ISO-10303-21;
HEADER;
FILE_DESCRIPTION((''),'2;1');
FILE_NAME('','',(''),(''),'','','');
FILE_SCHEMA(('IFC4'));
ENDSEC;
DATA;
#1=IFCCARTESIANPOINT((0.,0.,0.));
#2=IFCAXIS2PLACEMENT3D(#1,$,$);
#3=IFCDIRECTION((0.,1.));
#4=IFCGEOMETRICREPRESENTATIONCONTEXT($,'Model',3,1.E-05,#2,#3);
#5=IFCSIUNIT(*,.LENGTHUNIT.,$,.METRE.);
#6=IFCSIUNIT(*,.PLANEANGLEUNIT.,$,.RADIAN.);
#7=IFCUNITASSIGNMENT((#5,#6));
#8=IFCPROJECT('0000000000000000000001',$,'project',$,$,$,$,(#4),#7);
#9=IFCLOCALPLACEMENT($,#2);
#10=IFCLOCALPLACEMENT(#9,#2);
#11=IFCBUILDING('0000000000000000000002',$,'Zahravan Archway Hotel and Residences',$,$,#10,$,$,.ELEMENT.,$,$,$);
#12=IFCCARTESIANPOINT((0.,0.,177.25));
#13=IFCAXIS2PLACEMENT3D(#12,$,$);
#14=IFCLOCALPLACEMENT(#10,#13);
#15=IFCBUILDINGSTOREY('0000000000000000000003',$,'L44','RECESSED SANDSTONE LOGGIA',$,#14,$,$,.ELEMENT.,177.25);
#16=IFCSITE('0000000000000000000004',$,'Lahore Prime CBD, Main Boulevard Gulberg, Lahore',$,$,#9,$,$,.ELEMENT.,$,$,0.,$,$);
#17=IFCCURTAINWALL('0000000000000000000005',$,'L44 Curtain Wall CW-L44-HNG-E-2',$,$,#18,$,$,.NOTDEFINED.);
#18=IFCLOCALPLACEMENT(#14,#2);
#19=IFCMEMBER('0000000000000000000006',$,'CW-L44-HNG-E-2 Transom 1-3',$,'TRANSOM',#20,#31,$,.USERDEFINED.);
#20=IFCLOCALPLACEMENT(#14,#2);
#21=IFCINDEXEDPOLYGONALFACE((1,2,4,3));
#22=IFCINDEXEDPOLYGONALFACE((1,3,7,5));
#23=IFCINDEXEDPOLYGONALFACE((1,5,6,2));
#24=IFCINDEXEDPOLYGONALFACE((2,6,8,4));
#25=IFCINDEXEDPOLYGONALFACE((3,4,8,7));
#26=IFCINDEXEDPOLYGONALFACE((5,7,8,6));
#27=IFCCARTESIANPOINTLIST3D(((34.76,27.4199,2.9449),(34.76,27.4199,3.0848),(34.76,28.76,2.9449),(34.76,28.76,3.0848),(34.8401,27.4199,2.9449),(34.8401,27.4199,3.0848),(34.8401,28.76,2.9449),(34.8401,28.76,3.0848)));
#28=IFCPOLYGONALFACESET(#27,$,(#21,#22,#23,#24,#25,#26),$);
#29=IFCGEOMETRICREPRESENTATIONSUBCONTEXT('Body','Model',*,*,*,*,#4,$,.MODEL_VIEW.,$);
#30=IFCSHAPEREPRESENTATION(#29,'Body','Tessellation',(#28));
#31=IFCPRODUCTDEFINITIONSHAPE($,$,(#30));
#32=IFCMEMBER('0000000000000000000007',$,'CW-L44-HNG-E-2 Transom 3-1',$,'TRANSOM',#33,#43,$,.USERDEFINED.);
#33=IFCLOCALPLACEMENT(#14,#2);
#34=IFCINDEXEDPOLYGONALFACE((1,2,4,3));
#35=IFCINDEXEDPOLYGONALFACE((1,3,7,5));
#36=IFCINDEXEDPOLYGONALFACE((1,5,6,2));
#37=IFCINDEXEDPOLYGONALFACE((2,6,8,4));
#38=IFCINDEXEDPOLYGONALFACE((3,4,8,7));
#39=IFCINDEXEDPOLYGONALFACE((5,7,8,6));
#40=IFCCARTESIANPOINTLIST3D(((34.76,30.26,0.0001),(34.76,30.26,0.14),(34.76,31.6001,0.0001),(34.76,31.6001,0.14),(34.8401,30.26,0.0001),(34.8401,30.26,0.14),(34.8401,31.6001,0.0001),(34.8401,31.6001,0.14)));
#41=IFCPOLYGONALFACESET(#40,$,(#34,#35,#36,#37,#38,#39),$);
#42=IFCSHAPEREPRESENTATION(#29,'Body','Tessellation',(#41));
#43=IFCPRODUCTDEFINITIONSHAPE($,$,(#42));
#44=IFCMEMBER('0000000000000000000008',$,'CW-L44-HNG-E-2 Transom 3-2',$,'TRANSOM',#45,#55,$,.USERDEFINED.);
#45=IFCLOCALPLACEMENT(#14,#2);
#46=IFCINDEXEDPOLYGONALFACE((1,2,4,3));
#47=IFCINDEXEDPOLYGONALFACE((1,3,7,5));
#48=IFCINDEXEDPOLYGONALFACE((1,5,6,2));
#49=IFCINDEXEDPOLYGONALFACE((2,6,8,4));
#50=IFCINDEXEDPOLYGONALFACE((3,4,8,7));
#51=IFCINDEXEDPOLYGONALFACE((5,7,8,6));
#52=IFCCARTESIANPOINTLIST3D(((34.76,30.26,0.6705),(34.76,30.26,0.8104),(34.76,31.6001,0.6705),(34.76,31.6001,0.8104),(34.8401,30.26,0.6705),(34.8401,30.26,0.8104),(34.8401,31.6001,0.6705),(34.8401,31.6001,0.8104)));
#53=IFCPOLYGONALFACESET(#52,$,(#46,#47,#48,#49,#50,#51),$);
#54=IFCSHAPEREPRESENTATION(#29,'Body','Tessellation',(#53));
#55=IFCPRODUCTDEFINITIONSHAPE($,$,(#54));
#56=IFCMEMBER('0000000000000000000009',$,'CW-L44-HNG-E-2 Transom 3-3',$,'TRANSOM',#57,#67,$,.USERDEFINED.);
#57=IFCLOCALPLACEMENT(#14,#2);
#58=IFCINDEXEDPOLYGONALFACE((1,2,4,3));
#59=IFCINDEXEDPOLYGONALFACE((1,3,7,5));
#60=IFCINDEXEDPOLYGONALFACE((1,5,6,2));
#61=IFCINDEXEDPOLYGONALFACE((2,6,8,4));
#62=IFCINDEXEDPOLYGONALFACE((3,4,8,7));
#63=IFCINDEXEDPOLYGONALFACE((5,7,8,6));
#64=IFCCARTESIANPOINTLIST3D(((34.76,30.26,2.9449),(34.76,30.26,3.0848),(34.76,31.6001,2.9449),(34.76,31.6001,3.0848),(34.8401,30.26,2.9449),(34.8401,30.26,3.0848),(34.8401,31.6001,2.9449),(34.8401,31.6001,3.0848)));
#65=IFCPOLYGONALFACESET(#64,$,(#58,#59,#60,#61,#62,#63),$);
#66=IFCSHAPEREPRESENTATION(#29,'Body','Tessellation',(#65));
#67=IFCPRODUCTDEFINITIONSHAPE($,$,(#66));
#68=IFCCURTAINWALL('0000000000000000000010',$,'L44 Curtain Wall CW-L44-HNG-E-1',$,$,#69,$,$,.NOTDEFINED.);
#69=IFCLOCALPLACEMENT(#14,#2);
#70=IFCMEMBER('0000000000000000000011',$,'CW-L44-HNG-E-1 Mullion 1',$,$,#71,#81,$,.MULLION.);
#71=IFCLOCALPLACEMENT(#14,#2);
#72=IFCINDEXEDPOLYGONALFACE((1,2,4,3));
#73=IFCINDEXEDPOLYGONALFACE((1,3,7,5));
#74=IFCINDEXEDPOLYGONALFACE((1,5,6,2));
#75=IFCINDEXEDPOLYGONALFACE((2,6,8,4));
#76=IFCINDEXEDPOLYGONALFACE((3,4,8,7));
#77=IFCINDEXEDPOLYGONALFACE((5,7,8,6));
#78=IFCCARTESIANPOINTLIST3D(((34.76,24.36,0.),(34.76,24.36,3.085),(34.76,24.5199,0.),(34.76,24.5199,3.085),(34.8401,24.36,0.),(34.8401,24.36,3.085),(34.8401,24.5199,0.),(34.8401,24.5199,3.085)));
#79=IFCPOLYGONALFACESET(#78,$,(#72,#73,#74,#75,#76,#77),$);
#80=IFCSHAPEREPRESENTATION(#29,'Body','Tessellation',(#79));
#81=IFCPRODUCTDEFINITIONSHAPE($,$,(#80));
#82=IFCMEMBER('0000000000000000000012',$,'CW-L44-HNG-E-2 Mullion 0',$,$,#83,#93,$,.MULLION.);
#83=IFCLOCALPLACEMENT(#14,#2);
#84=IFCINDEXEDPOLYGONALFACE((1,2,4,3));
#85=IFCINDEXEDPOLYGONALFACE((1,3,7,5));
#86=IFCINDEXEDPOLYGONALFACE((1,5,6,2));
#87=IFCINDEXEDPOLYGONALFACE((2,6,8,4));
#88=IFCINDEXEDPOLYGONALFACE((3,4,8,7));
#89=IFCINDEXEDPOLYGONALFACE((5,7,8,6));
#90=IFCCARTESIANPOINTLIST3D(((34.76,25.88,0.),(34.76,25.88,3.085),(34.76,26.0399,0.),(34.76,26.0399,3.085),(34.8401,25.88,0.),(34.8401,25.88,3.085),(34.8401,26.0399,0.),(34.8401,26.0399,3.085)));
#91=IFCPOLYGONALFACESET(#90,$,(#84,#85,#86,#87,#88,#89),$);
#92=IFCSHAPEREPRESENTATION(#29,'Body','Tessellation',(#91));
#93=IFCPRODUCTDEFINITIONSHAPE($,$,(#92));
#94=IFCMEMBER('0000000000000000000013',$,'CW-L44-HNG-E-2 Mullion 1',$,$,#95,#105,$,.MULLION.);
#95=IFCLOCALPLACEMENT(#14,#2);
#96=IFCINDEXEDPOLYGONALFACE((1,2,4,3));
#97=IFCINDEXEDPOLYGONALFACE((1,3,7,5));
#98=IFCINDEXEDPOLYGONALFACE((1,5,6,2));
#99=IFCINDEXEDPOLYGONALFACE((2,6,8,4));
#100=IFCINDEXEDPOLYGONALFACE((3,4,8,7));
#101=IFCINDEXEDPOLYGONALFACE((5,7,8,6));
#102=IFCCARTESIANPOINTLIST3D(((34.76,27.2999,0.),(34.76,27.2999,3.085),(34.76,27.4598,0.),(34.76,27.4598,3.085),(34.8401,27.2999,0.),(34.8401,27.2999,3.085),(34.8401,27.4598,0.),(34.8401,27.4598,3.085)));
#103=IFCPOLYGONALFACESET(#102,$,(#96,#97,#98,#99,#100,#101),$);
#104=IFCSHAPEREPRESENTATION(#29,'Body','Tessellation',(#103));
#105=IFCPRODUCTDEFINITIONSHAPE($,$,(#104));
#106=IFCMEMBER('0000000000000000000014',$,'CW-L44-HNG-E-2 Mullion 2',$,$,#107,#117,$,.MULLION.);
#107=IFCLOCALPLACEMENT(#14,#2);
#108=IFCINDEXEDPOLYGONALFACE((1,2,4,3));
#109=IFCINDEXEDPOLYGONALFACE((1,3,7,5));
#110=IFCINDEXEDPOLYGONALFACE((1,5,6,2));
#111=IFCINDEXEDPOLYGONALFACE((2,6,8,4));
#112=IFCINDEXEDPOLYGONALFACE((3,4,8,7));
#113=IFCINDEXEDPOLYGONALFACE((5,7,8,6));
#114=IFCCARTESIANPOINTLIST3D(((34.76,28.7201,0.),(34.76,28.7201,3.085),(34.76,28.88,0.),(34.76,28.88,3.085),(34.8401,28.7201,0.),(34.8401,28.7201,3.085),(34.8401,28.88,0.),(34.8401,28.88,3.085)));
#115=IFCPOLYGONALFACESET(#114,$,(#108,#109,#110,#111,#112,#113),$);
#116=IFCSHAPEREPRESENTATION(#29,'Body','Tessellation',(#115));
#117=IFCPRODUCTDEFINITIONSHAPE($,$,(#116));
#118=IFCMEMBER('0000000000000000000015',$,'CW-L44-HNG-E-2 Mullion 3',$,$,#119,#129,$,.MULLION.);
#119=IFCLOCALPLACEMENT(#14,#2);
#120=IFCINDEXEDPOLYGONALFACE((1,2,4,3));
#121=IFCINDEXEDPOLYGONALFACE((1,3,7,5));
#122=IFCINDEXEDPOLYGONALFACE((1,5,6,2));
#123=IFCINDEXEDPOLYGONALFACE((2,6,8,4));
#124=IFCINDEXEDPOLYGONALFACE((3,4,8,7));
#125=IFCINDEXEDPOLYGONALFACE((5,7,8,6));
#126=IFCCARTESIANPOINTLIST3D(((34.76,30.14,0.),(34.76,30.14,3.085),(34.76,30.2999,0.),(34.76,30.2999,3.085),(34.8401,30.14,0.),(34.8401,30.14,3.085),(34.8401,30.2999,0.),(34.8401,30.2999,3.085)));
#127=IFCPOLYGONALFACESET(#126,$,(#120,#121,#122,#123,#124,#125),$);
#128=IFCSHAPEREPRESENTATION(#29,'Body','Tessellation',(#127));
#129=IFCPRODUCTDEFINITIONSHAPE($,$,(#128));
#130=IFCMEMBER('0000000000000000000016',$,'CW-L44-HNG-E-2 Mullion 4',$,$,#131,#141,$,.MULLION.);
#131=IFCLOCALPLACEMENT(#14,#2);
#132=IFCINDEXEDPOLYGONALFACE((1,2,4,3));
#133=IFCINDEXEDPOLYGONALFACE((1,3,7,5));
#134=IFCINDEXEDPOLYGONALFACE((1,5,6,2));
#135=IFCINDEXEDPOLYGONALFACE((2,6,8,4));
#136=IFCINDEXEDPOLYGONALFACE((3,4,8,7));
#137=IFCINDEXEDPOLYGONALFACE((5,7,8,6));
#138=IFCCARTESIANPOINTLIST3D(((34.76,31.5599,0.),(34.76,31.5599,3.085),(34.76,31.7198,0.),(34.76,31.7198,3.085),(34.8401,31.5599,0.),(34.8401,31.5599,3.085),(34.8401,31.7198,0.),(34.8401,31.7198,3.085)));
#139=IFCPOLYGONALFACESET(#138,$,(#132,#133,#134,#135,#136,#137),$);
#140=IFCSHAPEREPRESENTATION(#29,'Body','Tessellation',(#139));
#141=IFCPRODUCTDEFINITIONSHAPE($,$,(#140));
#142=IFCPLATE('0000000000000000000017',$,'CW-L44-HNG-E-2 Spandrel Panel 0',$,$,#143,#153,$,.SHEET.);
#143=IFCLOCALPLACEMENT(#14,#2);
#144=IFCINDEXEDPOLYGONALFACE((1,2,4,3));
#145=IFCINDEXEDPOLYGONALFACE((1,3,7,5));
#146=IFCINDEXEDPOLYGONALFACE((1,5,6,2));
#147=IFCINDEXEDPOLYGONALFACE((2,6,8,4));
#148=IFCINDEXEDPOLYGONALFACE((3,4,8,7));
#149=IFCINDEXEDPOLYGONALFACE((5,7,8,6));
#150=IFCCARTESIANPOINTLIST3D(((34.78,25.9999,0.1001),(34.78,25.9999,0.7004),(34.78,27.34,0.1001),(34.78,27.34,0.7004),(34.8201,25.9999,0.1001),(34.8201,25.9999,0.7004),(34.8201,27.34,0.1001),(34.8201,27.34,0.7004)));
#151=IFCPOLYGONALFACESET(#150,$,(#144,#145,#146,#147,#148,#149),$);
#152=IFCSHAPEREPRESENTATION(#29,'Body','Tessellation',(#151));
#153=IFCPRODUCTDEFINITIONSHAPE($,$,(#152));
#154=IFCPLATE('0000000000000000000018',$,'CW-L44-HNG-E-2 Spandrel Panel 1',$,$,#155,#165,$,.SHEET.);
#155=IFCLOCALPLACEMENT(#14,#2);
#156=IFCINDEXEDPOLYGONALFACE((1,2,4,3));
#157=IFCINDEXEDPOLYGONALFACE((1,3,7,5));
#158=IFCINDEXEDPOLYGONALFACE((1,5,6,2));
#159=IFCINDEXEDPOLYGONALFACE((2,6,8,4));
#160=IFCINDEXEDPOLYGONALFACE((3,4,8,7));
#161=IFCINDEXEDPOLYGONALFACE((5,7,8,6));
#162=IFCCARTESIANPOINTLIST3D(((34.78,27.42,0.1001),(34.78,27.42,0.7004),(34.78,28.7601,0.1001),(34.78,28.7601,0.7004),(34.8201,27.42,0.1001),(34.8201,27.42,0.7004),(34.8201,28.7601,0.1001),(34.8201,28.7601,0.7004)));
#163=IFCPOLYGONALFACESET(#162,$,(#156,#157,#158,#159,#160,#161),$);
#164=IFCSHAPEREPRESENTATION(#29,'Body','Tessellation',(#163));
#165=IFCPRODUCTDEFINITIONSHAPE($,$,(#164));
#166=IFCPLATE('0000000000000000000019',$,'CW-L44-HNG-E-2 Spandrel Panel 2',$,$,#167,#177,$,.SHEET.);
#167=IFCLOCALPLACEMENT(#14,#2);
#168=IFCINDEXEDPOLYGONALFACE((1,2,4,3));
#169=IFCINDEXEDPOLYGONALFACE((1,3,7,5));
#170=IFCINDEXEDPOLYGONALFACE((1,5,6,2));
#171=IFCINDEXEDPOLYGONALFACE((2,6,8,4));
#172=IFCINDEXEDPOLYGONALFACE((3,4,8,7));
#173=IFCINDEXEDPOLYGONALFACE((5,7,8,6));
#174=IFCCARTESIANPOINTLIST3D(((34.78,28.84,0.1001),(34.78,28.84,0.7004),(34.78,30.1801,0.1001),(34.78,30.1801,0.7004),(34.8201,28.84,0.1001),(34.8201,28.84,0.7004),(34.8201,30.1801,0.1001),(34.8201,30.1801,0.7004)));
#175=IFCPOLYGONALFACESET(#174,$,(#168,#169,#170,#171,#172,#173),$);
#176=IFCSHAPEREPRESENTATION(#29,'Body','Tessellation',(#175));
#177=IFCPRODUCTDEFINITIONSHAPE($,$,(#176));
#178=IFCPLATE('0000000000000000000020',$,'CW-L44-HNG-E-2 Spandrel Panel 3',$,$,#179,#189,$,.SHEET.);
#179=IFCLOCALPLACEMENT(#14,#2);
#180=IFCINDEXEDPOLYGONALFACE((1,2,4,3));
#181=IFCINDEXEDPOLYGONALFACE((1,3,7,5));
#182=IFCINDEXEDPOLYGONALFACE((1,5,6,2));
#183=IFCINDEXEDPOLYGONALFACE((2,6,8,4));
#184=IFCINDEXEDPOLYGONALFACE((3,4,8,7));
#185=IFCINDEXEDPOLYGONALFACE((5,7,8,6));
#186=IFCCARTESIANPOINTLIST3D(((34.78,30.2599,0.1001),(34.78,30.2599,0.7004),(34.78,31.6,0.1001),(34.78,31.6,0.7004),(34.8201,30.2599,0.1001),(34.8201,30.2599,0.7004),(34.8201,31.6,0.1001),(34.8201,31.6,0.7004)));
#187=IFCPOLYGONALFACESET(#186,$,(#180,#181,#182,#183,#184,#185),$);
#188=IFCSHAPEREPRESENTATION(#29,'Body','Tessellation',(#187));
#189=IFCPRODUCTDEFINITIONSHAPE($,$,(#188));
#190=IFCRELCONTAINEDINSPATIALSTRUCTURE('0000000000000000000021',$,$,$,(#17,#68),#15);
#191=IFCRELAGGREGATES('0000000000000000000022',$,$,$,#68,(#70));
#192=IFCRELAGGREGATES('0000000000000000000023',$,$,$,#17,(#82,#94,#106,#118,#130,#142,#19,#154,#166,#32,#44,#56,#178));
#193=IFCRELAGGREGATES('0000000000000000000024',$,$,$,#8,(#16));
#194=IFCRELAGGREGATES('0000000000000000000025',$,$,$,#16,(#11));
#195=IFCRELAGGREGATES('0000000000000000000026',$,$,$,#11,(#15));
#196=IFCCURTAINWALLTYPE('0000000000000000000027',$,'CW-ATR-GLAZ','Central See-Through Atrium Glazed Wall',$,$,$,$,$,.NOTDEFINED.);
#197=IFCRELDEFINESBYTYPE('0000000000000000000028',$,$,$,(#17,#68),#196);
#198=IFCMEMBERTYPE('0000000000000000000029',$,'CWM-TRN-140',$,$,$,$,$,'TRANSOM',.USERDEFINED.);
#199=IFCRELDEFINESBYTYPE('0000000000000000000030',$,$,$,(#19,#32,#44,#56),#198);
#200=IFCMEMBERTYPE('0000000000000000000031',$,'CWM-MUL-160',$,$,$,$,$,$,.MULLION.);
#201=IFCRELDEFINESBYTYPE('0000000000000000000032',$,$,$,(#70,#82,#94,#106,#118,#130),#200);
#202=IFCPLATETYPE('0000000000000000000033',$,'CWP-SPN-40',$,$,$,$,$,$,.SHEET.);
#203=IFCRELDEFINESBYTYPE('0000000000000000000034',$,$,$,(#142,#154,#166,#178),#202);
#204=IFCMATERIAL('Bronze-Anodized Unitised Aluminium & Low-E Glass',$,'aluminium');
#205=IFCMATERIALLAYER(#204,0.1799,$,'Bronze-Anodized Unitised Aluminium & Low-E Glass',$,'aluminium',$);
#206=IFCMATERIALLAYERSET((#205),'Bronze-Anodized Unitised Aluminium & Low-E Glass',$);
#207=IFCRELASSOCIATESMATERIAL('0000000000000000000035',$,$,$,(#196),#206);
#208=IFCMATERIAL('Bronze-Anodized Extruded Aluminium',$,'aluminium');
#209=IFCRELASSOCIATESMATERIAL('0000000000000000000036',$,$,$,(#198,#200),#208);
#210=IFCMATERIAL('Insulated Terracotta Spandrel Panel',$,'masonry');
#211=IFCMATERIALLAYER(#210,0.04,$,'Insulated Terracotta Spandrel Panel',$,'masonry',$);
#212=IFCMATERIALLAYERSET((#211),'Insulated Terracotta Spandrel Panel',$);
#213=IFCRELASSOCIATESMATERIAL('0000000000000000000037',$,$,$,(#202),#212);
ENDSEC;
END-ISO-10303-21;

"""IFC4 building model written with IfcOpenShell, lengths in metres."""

from ifc_helpers import new_model, si_unit, direction, frame, origin, origin_2d, place, context, subcontext, project, spatial, rectangle, extrude, source, transform, mapped, material, layer, layer_set, material_profile, profile_set, type_object, element, aggregate, save


model = new_model("IFC4")

# Units and contexts
model_context = context("Model", 3, precision=1e-05, world=origin(), true_north=direction((0.0, 1.0)))
body_context = subcontext(model_context, "Body", "Model", "MODEL_VIEW")
ifc_project = project(units=[si_unit("LENGTHUNIT", "METRE"), si_unit("PLANEANGLEUNIT", "RADIAN")], contexts=[model_context])

# Site, building, storey
site_placement = place(None, origin())
site = spatial("IfcSite", under=ifc_project, at=site_placement, Name="Lahore Prime CBD, Main Boulevard Gulberg, Lahore", CompositionType="ELEMENT", RefElevation=0.0)
building_placement = place(site_placement, origin())
building = spatial("IfcBuilding", under=site, at=building_placement, Name="Zahravan Archway Hotel and Residences", CompositionType="ELEMENT")
storey_placement = place(building_placement, frame((0.0, 0.0, 177.25)))
storey = spatial("IfcBuildingStorey", under=building, at=storey_placement, Name="L44", Description="RECESSED SANDSTONE LOGGIA", CompositionType="ELEMENT", Elevation=177.25)

# Curtain wall, members
ifc_material_1 = material(Name="Bronze-Anodized Unitised Aluminium & Low-E Glass", Category="aluminium")
ifc_layer_1 = layer(ifc_material_1, 0.1799, Name="Bronze-Anodized Unitised Aluminium & Low-E Glass", Category="aluminium")
ifc_layer_set_1 = layer_set([ifc_layer_1], Name="Bronze-Anodized Unitised Aluminium & Low-E Glass")
curtain_wall_type = type_object("IfcCurtainWallType", Name="CW-ATR-GLAZ", Description="Central See-Through Atrium Glazed Wall", PredefinedType="NOTDEFINED", material=ifc_layer_set_1)
curtain_wall_1_placement = place(storey_placement, origin())
curtain_wall_1 = element("IfcCurtainWall", 1, at=curtain_wall_1_placement, inside=storey, type_object=curtain_wall_type, Name="L44 Curtain Wall CW-L44-HNG-E-2", PredefinedType="NOTDEFINED")
ifc_material_2 = material(Name="Bronze-Anodized Extruded Aluminium", Category="aluminium")
ifc_material_profile_1 = material_profile(ifc_material_2, rectangle(XDim=0.0801, YDim=0.1399, at=origin_2d()), Name="TRN 80x140", Category="aluminium")
ifc_profile_set_1 = profile_set([ifc_material_profile_1], Name="Bronze-Anodized Extruded Aluminium")
member_type_1 = type_object("IfcMemberType", Name="CWM-TRN-140", ElementType="TRANSOM", PredefinedType="USERDEFINED", material=ifc_profile_set_1)
shared_shape_1 = source(origin(), body_context, "Body", "SweptSolid", [
    extrude(rectangle(XDim=0.0801, YDim=0.1399, at=origin_2d()), origin(), (0.0, 0.0, 1.0), 1.3401),
])
member_1_placement = place(storey_placement, frame((34.8, 27.4199, 3.0149), z_axis=(0.0, 1.0, 0.0), x_axis=(-1.0, 0.0, 0.0)))
member_1 = element("IfcMember", 2, at=member_1_placement, type_object=member_type_1, Name="CW-L44-HNG-E-2 Transom 1-3", ObjectType="TRANSOM", PredefinedType="USERDEFINED", context=body_context, shape_type="MappedRepresentation", body=[
    mapped(shared_shape_1, transform((0.0, 0.0, 0.0), scale=1.0)),
])
member_2_placement = place(storey_placement, frame((34.8, 30.26, 0.0701), z_axis=(0.0, 1.0, 0.0), x_axis=(-1.0, 0.0, 0.0)))
member_2 = element("IfcMember", 3, at=member_2_placement, type_object=member_type_1, Name="CW-L44-HNG-E-2 Transom 3-1", ObjectType="TRANSOM", PredefinedType="USERDEFINED", context=body_context, shape_type="MappedRepresentation", body=[
    mapped(shared_shape_1, transform((0.0, 0.0, 0.0), scale=1.0)),
])
member_3_placement = place(storey_placement, frame((34.8, 30.26, 0.7405), z_axis=(0.0, 1.0, 0.0), x_axis=(-1.0, 0.0, 0.0)))
member_3 = element("IfcMember", 4, at=member_3_placement, type_object=member_type_1, Name="CW-L44-HNG-E-2 Transom 3-2", ObjectType="TRANSOM", PredefinedType="USERDEFINED", context=body_context, shape_type="MappedRepresentation", body=[
    mapped(shared_shape_1, transform((0.0, 0.0, 0.0), scale=1.0)),
])
member_4_placement = place(storey_placement, frame((34.8, 30.26, 3.0149), z_axis=(0.0, 1.0, 0.0), x_axis=(-1.0, 0.0, 0.0)))
member_4 = element("IfcMember", 5, at=member_4_placement, type_object=member_type_1, Name="CW-L44-HNG-E-2 Transom 3-3", ObjectType="TRANSOM", PredefinedType="USERDEFINED", context=body_context, shape_type="MappedRepresentation", body=[
    mapped(shared_shape_1, transform((0.0, 0.0, 0.0), scale=1.0)),
])

# Curtain wall, member
curtain_wall_2_placement = place(storey_placement, origin())
curtain_wall_2 = element("IfcCurtainWall", 6, at=curtain_wall_2_placement, inside=storey, type_object=curtain_wall_type, Name="L44 Curtain Wall CW-L44-HNG-E-1", PredefinedType="NOTDEFINED")
ifc_material_profile_2 = material_profile(ifc_material_2, rectangle(XDim=0.0801, YDim=0.1599, at=origin_2d()), Name="MUL 80x160", Category="aluminium")
ifc_profile_set_2 = profile_set([ifc_material_profile_2], Name="Bronze-Anodized Extruded Aluminium")
member_type_2 = type_object("IfcMemberType", Name="CWM-MUL-160", PredefinedType="MULLION", material=ifc_profile_set_2)
shared_shape_2 = source(origin(), body_context, "Body", "SweptSolid", [
    extrude(rectangle(XDim=0.0801, YDim=0.1599, at=origin_2d()), origin(), (0.0, 0.0, 1.0), 3.085),
])
member_5_placement = place(storey_placement, frame((34.8, 24.4399, 0.0), z_axis=(0.0, 0.0, 1.0), x_axis=(1.0, 0.0, 0.0)))
member_5 = element("IfcMember", 7, at=member_5_placement, type_object=member_type_2, Name="CW-L44-HNG-E-1 Mullion 1", PredefinedType="MULLION", context=body_context, shape_type="MappedRepresentation", body=[
    mapped(shared_shape_2, transform((0.0, 0.0, 0.0), scale=1.0)),
])
aggregate(curtain_wall_2, [member_5])

# Members
member_6_placement = place(storey_placement, frame((34.8, 25.96, 0.0), z_axis=(0.0, 0.0, 1.0), x_axis=(1.0, 0.0, 0.0)))
member_6 = element("IfcMember", 8, at=member_6_placement, type_object=member_type_2, Name="CW-L44-HNG-E-2 Mullion 0", PredefinedType="MULLION", context=body_context, shape_type="MappedRepresentation", body=[
    mapped(shared_shape_2, transform((0.0, 0.0, 0.0), scale=1.0)),
])
member_7_placement = place(storey_placement, frame((34.8, 27.3799, 0.0), z_axis=(0.0, 0.0, 1.0), x_axis=(1.0, 0.0, 0.0)))
member_7 = element("IfcMember", 9, at=member_7_placement, type_object=member_type_2, Name="CW-L44-HNG-E-2 Mullion 1", PredefinedType="MULLION", context=body_context, shape_type="MappedRepresentation", body=[
    mapped(shared_shape_2, transform((0.0, 0.0, 0.0), scale=1.0)),
])
member_8_placement = place(storey_placement, frame((34.8, 28.8, 0.0), z_axis=(0.0, 0.0, 1.0), x_axis=(1.0, 0.0, 0.0)))
member_8 = element("IfcMember", 10, at=member_8_placement, type_object=member_type_2, Name="CW-L44-HNG-E-2 Mullion 2", PredefinedType="MULLION", context=body_context, shape_type="MappedRepresentation", body=[
    mapped(shared_shape_2, transform((0.0, 0.0, 0.0), scale=1.0)),
])
member_9_placement = place(storey_placement, frame((34.8, 30.22, 0.0), z_axis=(0.0, 0.0, 1.0), x_axis=(1.0, 0.0, 0.0)))
member_9 = element("IfcMember", 11, at=member_9_placement, type_object=member_type_2, Name="CW-L44-HNG-E-2 Mullion 3", PredefinedType="MULLION", context=body_context, shape_type="MappedRepresentation", body=[
    mapped(shared_shape_2, transform((0.0, 0.0, 0.0), scale=1.0)),
])
member_10_placement = place(storey_placement, frame((34.8, 31.6399, 0.0), z_axis=(0.0, 0.0, 1.0), x_axis=(1.0, 0.0, 0.0)))
member_10 = element("IfcMember", 12, at=member_10_placement, type_object=member_type_2, Name="CW-L44-HNG-E-2 Mullion 4", PredefinedType="MULLION", context=body_context, shape_type="MappedRepresentation", body=[
    mapped(shared_shape_2, transform((0.0, 0.0, 0.0), scale=1.0)),
])

# Plates
ifc_material_3 = material(Name="Insulated Terracotta Spandrel Panel", Category="masonry")
ifc_layer_2 = layer(ifc_material_3, 0.04, Name="Insulated Terracotta Spandrel Panel", Category="masonry")
ifc_layer_set_2 = layer_set([ifc_layer_2], Name="Insulated Terracotta Spandrel Panel")
plate_type_1 = type_object("IfcPlateType", Name="CWP-SPN-40", PredefinedType="SHEET", material=ifc_layer_set_2)
shared_shape_3 = source(origin(), body_context, "Body", "SweptSolid", [
    extrude(rectangle(XDim=1.3401, YDim=0.04, at=origin_2d()), origin(), (0.0, 0.0, 1.0), 0.6003),
])
plate_1_placement = place(storey_placement, frame((34.8, 26.6699, 0.1001), z_axis=(0.0, 0.0, 1.0), x_axis=(0.0, 1.0, 0.0)))
plate_1 = element("IfcPlate", 13, at=plate_1_placement, type_object=plate_type_1, Name="CW-L44-HNG-E-2 Spandrel Panel 0", PredefinedType="SHEET", context=body_context, shape_type="MappedRepresentation", body=[
    mapped(shared_shape_3, transform((0.0, 0.0, 0.0), scale=1.0)),
])
plate_2_placement = place(storey_placement, frame((34.8, 28.0901, 0.1001), z_axis=(0.0, 0.0, 1.0), x_axis=(0.0, 1.0, 0.0)))
plate_2 = element("IfcPlate", 14, at=plate_2_placement, type_object=plate_type_1, Name="CW-L44-HNG-E-2 Spandrel Panel 1", PredefinedType="SHEET", context=body_context, shape_type="MappedRepresentation", body=[
    mapped(shared_shape_3, transform((0.0, 0.0, 0.0), scale=1.0)),
])
plate_3_placement = place(storey_placement, frame((34.8, 29.51, 0.1001), z_axis=(0.0, 0.0, 1.0), x_axis=(0.0, 1.0, 0.0)))
plate_3 = element("IfcPlate", 15, at=plate_3_placement, type_object=plate_type_1, Name="CW-L44-HNG-E-2 Spandrel Panel 2", PredefinedType="SHEET", context=body_context, shape_type="MappedRepresentation", body=[
    mapped(shared_shape_3, transform((0.0, 0.0, 0.0), scale=1.0)),
])
plate_4_placement = place(storey_placement, frame((34.8, 30.9299, 0.1001), z_axis=(0.0, 0.0, 1.0), x_axis=(0.0, 1.0, 0.0)))
plate_4 = element("IfcPlate", 16, at=plate_4_placement, type_object=plate_type_1, Name="CW-L44-HNG-E-2 Spandrel Panel 3", PredefinedType="SHEET", context=body_context, shape_type="MappedRepresentation", body=[
    mapped(shared_shape_3, transform((0.0, 0.0, 0.0), scale=1.0)),
])
aggregate(curtain_wall_1, [member_6, member_7, member_8, member_9, member_10, plate_1, member_1, plate_2, plate_3, member_2, member_3, member_4, plate_4])

save(model, "model.ifc")
